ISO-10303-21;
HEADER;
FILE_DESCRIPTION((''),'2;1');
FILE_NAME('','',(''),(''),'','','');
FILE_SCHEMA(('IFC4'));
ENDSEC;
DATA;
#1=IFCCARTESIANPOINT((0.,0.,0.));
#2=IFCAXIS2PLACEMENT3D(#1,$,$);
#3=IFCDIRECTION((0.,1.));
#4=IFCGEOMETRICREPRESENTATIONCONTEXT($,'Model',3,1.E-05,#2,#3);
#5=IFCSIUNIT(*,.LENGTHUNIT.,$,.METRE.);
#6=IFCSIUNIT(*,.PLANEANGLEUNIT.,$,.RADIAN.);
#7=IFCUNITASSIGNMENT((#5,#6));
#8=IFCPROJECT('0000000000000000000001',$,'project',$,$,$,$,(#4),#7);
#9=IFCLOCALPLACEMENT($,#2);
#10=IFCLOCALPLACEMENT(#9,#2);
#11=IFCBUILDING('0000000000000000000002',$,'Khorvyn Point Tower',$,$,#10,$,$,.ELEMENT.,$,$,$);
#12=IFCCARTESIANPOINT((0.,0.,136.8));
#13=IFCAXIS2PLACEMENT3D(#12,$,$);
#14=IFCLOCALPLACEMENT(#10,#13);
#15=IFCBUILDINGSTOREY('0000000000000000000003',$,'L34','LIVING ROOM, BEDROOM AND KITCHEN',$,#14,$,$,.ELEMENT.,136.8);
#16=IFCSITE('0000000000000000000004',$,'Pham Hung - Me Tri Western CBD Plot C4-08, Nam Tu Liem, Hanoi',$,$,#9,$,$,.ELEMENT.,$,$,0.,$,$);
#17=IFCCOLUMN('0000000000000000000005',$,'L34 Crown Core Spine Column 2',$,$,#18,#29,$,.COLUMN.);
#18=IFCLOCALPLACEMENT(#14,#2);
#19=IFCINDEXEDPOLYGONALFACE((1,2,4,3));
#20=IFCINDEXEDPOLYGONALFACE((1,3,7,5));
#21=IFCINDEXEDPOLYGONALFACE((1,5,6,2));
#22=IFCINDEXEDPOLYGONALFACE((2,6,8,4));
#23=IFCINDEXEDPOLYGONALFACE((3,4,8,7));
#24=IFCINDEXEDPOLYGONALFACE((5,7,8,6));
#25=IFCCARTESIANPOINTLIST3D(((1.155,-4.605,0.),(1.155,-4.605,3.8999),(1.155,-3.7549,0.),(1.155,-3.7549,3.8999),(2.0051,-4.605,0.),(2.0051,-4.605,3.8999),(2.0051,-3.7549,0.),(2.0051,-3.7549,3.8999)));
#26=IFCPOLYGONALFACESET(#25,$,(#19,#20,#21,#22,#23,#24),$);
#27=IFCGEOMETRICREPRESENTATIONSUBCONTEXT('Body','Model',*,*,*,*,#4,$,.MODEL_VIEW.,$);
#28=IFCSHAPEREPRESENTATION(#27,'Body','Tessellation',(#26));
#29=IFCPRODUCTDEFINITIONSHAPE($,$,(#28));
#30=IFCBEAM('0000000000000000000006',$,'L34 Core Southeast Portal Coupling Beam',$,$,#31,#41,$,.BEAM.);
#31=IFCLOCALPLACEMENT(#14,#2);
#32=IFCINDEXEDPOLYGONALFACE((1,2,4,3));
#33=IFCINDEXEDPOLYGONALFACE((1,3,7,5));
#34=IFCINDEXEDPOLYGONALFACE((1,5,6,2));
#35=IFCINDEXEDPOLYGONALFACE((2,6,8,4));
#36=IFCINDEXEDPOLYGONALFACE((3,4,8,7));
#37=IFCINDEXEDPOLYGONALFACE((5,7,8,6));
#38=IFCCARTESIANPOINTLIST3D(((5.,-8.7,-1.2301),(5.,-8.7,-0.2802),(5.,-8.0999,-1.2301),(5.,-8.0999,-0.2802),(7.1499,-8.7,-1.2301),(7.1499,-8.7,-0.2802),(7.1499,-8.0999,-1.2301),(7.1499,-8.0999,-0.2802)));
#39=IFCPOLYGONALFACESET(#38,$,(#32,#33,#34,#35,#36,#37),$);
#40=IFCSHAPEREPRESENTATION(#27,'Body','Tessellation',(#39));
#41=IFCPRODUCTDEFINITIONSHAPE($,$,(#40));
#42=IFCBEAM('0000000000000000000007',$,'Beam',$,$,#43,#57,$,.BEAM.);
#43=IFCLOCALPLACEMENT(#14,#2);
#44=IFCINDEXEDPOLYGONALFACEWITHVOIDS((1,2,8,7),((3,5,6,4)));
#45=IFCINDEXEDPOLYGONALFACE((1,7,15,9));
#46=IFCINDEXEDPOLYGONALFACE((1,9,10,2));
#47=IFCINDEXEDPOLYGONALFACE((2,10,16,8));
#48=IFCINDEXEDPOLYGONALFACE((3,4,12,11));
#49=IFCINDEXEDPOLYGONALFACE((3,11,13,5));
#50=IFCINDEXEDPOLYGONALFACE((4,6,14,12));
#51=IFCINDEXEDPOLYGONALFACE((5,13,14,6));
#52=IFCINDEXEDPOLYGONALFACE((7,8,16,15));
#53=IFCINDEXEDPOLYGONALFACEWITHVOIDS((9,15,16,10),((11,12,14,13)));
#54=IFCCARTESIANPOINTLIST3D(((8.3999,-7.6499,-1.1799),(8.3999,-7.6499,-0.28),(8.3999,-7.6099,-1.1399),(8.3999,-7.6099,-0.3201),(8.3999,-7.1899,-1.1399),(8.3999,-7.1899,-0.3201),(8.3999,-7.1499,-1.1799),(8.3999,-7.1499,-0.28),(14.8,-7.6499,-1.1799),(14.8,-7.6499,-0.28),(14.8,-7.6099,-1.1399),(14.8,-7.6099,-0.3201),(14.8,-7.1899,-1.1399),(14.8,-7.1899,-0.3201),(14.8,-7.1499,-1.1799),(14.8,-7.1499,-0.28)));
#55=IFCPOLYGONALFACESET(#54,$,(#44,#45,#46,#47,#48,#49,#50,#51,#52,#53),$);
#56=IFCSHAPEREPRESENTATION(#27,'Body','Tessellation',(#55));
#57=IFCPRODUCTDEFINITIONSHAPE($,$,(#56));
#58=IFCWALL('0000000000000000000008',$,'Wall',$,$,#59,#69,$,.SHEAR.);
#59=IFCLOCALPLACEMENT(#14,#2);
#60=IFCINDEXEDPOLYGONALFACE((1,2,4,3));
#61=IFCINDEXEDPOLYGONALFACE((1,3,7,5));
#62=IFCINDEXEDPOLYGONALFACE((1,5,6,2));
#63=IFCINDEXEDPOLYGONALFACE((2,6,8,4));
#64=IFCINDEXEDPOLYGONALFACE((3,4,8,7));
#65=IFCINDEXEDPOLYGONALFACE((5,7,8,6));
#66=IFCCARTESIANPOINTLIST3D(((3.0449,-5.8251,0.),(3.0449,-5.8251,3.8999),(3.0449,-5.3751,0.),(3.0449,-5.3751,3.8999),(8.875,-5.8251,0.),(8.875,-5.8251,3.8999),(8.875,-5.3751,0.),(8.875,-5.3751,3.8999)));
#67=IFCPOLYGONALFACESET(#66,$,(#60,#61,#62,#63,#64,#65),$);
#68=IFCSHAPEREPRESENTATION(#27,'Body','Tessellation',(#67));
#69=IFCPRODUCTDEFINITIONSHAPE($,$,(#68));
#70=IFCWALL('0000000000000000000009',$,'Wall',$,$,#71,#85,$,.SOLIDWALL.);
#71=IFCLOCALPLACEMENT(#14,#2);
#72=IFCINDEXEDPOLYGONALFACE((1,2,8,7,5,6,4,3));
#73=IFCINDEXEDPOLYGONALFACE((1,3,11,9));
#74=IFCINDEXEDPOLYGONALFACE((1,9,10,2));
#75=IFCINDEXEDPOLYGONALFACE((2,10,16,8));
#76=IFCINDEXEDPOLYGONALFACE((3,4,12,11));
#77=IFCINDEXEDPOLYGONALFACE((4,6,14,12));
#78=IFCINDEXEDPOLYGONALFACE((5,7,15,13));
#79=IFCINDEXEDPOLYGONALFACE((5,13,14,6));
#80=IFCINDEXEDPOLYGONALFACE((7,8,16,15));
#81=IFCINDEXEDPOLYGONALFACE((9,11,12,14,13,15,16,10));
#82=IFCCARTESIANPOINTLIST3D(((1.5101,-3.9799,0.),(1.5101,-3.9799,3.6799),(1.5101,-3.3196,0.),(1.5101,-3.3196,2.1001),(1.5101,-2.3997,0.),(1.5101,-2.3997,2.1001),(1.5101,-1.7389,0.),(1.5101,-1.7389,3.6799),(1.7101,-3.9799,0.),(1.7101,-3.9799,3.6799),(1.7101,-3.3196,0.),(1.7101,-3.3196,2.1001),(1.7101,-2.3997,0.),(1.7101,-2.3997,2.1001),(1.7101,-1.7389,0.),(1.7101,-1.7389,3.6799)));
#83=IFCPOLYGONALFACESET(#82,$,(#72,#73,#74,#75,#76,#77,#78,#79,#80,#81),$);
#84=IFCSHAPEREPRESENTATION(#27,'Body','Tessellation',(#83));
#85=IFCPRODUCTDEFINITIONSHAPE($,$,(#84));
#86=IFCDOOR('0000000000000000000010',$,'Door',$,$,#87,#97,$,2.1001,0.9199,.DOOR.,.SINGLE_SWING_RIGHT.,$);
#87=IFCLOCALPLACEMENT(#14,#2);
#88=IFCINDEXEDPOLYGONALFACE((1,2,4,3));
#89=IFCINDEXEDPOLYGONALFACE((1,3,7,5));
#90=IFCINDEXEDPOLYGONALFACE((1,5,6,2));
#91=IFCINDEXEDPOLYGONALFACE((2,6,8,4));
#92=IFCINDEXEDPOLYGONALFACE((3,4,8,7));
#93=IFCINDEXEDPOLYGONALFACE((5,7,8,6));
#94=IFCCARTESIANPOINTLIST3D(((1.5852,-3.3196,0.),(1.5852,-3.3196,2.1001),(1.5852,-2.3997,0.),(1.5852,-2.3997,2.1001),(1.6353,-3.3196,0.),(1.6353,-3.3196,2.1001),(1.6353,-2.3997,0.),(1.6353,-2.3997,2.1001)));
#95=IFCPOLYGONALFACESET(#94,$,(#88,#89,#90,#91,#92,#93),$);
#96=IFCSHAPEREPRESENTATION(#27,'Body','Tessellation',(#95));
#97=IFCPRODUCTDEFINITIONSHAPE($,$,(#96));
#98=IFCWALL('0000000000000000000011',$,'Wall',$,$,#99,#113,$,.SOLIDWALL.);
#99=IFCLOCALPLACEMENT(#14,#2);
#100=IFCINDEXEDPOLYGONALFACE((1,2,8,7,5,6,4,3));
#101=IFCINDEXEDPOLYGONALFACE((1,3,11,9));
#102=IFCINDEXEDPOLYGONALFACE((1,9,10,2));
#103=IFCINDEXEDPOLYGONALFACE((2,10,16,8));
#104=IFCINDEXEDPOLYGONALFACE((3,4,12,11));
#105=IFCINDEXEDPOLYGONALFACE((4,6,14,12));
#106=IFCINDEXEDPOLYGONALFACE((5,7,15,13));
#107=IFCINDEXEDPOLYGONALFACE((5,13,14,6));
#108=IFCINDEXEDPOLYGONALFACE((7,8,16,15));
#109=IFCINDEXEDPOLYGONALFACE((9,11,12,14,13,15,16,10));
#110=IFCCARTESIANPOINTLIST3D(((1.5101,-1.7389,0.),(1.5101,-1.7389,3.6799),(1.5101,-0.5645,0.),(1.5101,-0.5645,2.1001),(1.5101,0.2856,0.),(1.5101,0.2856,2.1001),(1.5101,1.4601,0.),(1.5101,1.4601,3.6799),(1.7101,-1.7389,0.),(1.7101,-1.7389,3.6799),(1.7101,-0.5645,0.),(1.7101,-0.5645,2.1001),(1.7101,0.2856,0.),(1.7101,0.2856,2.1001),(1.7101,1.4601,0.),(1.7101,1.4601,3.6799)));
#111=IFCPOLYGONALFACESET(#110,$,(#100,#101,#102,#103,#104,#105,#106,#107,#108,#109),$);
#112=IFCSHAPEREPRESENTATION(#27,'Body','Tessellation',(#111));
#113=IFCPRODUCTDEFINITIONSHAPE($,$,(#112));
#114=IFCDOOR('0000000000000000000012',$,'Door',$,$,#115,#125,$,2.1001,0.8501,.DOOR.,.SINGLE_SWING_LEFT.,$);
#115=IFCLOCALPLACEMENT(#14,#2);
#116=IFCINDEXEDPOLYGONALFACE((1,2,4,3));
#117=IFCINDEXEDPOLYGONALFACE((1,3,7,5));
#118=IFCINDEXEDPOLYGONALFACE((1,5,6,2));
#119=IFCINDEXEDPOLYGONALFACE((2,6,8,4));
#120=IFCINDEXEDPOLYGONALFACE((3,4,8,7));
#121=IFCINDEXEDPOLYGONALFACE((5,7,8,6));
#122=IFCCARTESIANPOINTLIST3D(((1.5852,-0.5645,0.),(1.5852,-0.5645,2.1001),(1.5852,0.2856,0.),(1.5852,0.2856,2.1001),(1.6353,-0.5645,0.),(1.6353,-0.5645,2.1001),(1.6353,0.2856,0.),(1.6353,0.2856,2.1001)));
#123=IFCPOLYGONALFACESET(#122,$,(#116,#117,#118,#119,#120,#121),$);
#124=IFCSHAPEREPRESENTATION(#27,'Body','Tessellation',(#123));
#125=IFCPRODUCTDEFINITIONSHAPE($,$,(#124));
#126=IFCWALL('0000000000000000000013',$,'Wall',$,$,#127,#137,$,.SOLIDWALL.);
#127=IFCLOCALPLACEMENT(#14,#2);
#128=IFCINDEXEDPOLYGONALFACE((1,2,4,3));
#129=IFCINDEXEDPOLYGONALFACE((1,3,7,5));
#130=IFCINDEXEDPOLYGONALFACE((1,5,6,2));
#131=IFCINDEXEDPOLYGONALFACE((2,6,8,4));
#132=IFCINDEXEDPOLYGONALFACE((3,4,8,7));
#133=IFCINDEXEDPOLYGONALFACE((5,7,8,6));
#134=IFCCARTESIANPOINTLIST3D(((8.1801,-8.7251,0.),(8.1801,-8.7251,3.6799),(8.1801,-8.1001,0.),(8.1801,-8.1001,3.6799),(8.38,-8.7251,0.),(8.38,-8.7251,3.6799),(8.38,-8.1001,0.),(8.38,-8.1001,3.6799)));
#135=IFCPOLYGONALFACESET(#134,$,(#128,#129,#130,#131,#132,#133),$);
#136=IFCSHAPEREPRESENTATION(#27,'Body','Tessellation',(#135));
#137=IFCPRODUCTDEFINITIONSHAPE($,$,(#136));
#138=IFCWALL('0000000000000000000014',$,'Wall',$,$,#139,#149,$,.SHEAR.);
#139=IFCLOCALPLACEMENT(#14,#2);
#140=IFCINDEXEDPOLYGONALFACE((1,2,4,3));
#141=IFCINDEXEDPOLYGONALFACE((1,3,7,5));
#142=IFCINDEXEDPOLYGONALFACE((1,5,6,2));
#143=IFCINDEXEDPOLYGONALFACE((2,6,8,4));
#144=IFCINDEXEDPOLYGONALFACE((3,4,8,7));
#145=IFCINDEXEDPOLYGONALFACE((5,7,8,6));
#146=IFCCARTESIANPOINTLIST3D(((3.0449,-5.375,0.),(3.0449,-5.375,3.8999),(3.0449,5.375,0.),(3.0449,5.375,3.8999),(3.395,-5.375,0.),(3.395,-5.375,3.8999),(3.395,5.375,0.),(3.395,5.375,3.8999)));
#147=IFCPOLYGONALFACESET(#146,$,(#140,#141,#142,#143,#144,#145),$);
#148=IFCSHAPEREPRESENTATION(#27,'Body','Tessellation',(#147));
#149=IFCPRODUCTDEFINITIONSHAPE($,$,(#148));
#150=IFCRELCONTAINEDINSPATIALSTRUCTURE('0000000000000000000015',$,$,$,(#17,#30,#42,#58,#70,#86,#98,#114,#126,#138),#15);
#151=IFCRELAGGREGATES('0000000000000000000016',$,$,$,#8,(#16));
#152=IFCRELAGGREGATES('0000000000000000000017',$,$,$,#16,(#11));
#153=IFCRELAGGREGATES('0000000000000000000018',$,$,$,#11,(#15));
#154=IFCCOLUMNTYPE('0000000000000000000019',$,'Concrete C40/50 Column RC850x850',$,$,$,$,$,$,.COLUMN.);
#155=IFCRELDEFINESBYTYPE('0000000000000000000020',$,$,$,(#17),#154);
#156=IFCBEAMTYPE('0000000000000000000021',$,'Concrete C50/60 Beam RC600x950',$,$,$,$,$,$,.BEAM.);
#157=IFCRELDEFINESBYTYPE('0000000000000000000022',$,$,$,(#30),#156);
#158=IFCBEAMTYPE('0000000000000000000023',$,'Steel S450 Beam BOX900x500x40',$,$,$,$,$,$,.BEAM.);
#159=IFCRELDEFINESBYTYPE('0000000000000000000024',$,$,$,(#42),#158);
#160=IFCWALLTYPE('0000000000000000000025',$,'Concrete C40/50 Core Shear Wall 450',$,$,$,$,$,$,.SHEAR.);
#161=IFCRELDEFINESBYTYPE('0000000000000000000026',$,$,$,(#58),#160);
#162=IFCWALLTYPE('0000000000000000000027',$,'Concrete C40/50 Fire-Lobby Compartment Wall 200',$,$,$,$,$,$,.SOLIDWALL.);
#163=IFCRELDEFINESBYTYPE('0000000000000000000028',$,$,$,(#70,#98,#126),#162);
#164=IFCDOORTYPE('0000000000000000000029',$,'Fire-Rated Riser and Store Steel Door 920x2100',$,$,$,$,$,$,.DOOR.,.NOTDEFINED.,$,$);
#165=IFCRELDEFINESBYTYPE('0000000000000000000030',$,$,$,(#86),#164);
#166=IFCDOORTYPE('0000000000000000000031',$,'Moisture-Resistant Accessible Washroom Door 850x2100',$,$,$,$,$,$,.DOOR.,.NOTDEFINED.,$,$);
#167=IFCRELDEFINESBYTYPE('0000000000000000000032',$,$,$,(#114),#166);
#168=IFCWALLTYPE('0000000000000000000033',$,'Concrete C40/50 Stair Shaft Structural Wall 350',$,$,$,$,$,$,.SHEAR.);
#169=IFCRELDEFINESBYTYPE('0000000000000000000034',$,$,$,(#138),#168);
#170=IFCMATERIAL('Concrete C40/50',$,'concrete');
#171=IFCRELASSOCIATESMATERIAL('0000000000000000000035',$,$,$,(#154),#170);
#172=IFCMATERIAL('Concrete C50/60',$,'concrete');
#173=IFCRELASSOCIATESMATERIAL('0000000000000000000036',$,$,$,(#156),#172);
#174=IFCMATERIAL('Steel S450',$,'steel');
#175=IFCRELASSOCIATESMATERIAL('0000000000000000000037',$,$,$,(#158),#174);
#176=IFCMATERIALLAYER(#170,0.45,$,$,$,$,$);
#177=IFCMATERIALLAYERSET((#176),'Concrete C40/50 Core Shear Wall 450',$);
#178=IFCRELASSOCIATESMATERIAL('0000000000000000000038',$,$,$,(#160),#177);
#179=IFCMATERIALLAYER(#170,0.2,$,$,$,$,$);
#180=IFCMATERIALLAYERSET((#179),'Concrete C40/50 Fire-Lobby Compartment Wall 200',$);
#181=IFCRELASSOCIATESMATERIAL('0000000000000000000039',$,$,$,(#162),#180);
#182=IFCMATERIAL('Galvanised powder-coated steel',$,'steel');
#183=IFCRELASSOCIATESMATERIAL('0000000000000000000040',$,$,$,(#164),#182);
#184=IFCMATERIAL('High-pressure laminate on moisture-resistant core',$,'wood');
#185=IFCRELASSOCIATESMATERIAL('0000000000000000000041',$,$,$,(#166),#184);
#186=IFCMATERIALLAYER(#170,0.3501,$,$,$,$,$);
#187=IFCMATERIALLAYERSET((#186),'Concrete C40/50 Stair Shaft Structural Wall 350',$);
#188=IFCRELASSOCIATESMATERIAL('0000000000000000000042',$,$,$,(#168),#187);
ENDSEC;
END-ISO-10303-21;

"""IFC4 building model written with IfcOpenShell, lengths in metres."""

from ifc_helpers import new_model, si_unit, direction, frame, frame_2d, origin, origin_2d, place, context, subcontext, project, spatial, rectangle, hollow_rectangle, extrude, material, layer, layer_set, material_profile, profile_set, type_object, element, fill, save


model = new_model("IFC4")

# Units and contexts
model_context = context("Model", 3, precision=1e-05, world=origin(), true_north=direction((0.0, 1.0)))
body_context = subcontext(model_context, "Body", "Model", "MODEL_VIEW")
ifc_project = project(units=[si_unit("LENGTHUNIT", "METRE"), si_unit("PLANEANGLEUNIT", "RADIAN")], contexts=[model_context])

# Site, building, storey
site_placement = place(None, origin())
site = spatial("IfcSite", under=ifc_project, at=site_placement, Name="Pham Hung - Me Tri Western CBD Plot C4-08, Nam Tu Liem, Hanoi", CompositionType="ELEMENT", RefElevation=0.0)
building_placement = place(site_placement, origin())
building = spatial("IfcBuilding", under=site, at=building_placement, Name="Khorvyn Point Tower", CompositionType="ELEMENT")
storey_placement = place(building_placement, frame((0.0, 0.0, 136.8)))
storey = spatial("IfcBuildingStorey", under=building, at=storey_placement, Name="L34", Description="LIVING ROOM, BEDROOM AND KITCHEN", CompositionType="ELEMENT", Elevation=136.8)

# Column
ifc_material_1 = material(Name="Concrete C40/50", Category="concrete")
ifc_material_profile_1 = material_profile(ifc_material_1, rectangle(XDim=0.8501, YDim=0.8501, at=origin_2d()))
ifc_profile_set_1 = profile_set([ifc_material_profile_1], Name="Concrete C40/50 RC850x850")
column_type = type_object("IfcColumnType", Name="Concrete C40/50 Column RC850x850", PredefinedType="COLUMN", material=ifc_profile_set_1)
column_placement = place(storey_placement, frame((1.5801, -4.1799, 0.0), z_axis=(0.0, 0.0, 1.0), x_axis=(1.0, 0.0, 0.0)))
element("IfcColumn", 1, at=column_placement, inside=storey, type_object=column_type, Name="L34 Crown Core Spine Column 2", PredefinedType="COLUMN", context=body_context, shape_type="SweptSolid", body=[
    extrude(rectangle(XDim=0.8501, YDim=0.8501, at=origin_2d()), origin(), (0.0, 0.0, 1.0), 3.8999),
])

# Beams
ifc_material_2 = material(Name="Concrete C50/60", Category="concrete")
ifc_material_profile_2 = material_profile(ifc_material_2, rectangle(XDim=0.6001, YDim=0.95, at=origin_2d()))
ifc_profile_set_2 = profile_set([ifc_material_profile_2], Name="Concrete C50/60 RC600x950")
beam_type_1 = type_object("IfcBeamType", Name="Concrete C50/60 Beam RC600x950", PredefinedType="BEAM", material=ifc_profile_set_2)
beam_1_placement = place(storey_placement, frame((5.0, -8.3999, -0.7551), z_axis=(1.0, 0.0, 0.0), x_axis=(0.0, 1.0, 0.0)))
element("IfcBeam", 2, at=beam_1_placement, inside=storey, type_object=beam_type_1, Name="L34 Core Southeast Portal Coupling Beam", PredefinedType="BEAM", context=body_context, shape_type="SweptSolid", body=[
    extrude(rectangle(XDim=0.6001, YDim=0.95, at=origin_2d()), origin(), (0.0, 0.0, 1.0), 2.1499),
])
ifc_material_3 = material(Name="Steel S450", Category="steel")
ifc_material_profile_3 = material_profile(ifc_material_3, hollow_rectangle(XDim=0.5, YDim=0.8999, WallThickness=0.04, at=origin_2d()))
ifc_profile_set_3 = profile_set([ifc_material_profile_3], Name="Steel S450 BOX900x500x40")
beam_type_2 = type_object("IfcBeamType", Name="Steel S450 Beam BOX900x500x40", PredefinedType="BEAM", material=ifc_profile_set_3)
beam_2_placement = place(storey_placement, frame((8.3999, -7.3999, -0.73), z_axis=(1.0, 0.0, 0.0), x_axis=(0.0, 1.0, 0.0)))
element("IfcBeam", 3, at=beam_2_placement, inside=storey, type_object=beam_type_2, Name="Beam", PredefinedType="BEAM", context=body_context, shape_type="SweptSolid", body=[
    extrude(hollow_rectangle(XDim=0.5, YDim=0.8999, WallThickness=0.04, at=origin_2d()), origin(), (0.0, 0.0, 1.0), 6.4001),
])

# Wall
ifc_layer_1 = layer(ifc_material_1, 0.45)
ifc_layer_set_1 = layer_set([ifc_layer_1], Name="Concrete C40/50 Core Shear Wall 450")
wall_type_1 = type_object("IfcWallType", Name="Concrete C40/50 Core Shear Wall 450", PredefinedType="SHEAR", material=ifc_layer_set_1)
wall_1_placement = place(storey_placement, frame((3.0449, -5.6001, 0.0), z_axis=(0.0, 0.0, 1.0), x_axis=(1.0, 0.0, 0.0)))
element("IfcWall", 4, at=wall_1_placement, inside=storey, type_object=wall_type_1, Name="Wall", PredefinedType="SHEAR", context=body_context, shape_type="SweptSolid", body=[
    extrude(rectangle(XDim=5.8301, YDim=0.45, at=frame_2d((2.915, 0.0))), origin(), (0.0, 0.0, 1.0), 3.8999),
])

# Walls, openings, doors
ifc_layer_2 = layer(ifc_material_1, 0.2)
ifc_layer_set_2 = layer_set([ifc_layer_2], Name="Concrete C40/50 Fire-Lobby Compartment Wall 200")
wall_type_2 = type_object("IfcWallType", Name="Concrete C40/50 Fire-Lobby Compartment Wall 200", PredefinedType="SOLIDWALL", material=ifc_layer_set_2)
ifc_material_4 = material(Name="Galvanised powder-coated steel", Category="steel")
wall_2_placement = place(storey_placement, frame((1.6101, -3.98, 0.0), z_axis=(0.0, 0.0, 1.0), x_axis=(0.0, 1.0, 0.0)))
wall_2 = element("IfcWall", 5, at=wall_2_placement, inside=storey, type_object=wall_type_2, Name="Wall", PredefinedType="SOLIDWALL", context=body_context, shape_type="SweptSolid", body=[
    extrude(rectangle(XDim=2.241, YDim=0.2, at=frame_2d((1.1206, 0.0))), origin(), (0.0, 0.0, 1.0), 3.6799),
])
opening_1_placement = place(wall_2_placement, frame((0.6604, 0.0, 0.0)))
opening_1 = element("IfcOpeningElement", 6, at=opening_1_placement, cuts=wall_2, PredefinedType="OPENING", context=body_context, shape_type="SweptSolid", body=[
    extrude(rectangle(XDim=0.9199, YDim=2.1001, at=frame_2d((0.46, 1.05))), frame((0.0, 0.1099, 0.0), z_axis=(0.0, -1.0, 0.0), x_axis=(1.0, 0.0, 0.0)), (0.0, 0.0, 1.0), 0.22),
])
door_type_1 = type_object("IfcDoorType", Name="Fire-Rated Riser and Store Steel Door 920x2100", OperationType="NOTDEFINED", PredefinedType="DOOR", material=ifc_material_4)
door_1_placement = place(opening_1_placement, origin())
door_1 = element("IfcDoor", 7, at=door_1_placement, inside=storey, type_object=door_type_1, Name="Door", OperationType="SINGLE_SWING_RIGHT", OverallHeight=2.1001, OverallWidth=0.9199, PredefinedType="DOOR", context=body_context, shape_type="SweptSolid", body=[
    extrude(rectangle(XDim=0.9199, YDim=2.1001, at=frame_2d((0.46, 1.05))), frame((0.0, 0.0249, 0.0), z_axis=(0.0, -1.0, 0.0), x_axis=(1.0, 0.0, 0.0)), (0.0, 0.0, 1.0), 0.05),
])
fill(opening_1, door_1)
wall_3_placement = place(storey_placement, frame((1.6101, -1.739, 0.0), z_axis=(0.0, 0.0, 1.0), x_axis=(0.0, 1.0, 0.0)))
wall_3 = element("IfcWall", 8, at=wall_3_placement, inside=storey, type_object=wall_type_2, Name="Wall", PredefinedType="SOLIDWALL", context=body_context, shape_type="SweptSolid", body=[
    extrude(rectangle(XDim=3.199, YDim=0.2, at=frame_2d((1.5996, 0.0))), origin(), (0.0, 0.0, 1.0), 3.6799),
])
opening_2_placement = place(wall_3_placement, frame((1.1746, 0.0, 0.0)))
opening_2 = element("IfcOpeningElement", 9, at=opening_2_placement, cuts=wall_3, PredefinedType="OPENING", context=body_context, shape_type="SweptSolid", body=[
    extrude(rectangle(XDim=0.8501, YDim=2.1001, at=frame_2d((0.425, 1.05))), frame((0.0, 0.1099, 0.0), z_axis=(0.0, -1.0, 0.0), x_axis=(1.0, 0.0, 0.0)), (0.0, 0.0, 1.0), 0.22),
])
ifc_material_5 = material(Name="High-pressure laminate on moisture-resistant core", Category="wood")
door_type_2 = type_object("IfcDoorType", Name="Moisture-Resistant Accessible Washroom Door 850x2100", OperationType="NOTDEFINED", PredefinedType="DOOR", material=ifc_material_5)
door_2_placement = place(opening_2_placement, origin())
door_2 = element("IfcDoor", 10, at=door_2_placement, inside=storey, type_object=door_type_2, Name="Door", OperationType="SINGLE_SWING_LEFT", OverallHeight=2.1001, OverallWidth=0.8501, PredefinedType="DOOR", context=body_context, shape_type="SweptSolid", body=[
    extrude(rectangle(XDim=0.8501, YDim=2.1001, at=frame_2d((0.425, 1.05))), frame((0.0, 0.0249, 0.0), z_axis=(0.0, -1.0, 0.0), x_axis=(1.0, 0.0, 0.0)), (0.0, 0.0, 1.0), 0.05),
])
fill(opening_2, door_2)

# Walls
wall_4_placement = place(storey_placement, frame((8.28, -8.7251, 0.0), z_axis=(0.0, 0.0, 1.0), x_axis=(0.0, 1.0, 0.0)))
element("IfcWall", 11, at=wall_4_placement, inside=storey, type_object=wall_type_2, Name="Wall", PredefinedType="SOLIDWALL", context=body_context, shape_type="SweptSolid", body=[
    extrude(rectangle(XDim=0.625, YDim=0.2, at=frame_2d((0.3125, 0.0))), origin(), (0.0, 0.0, 1.0), 3.6799),
])
ifc_layer_3 = layer(ifc_material_1, 0.3501)
ifc_layer_set_3 = layer_set([ifc_layer_3], Name="Concrete C40/50 Stair Shaft Structural Wall 350")
wall_type_3 = type_object("IfcWallType", Name="Concrete C40/50 Stair Shaft Structural Wall 350", PredefinedType="SHEAR", material=ifc_layer_set_3)
wall_5_placement = place(storey_placement, frame((3.22, -5.375, 0.0), z_axis=(0.0, 0.0, 1.0), x_axis=(0.0, 1.0, 0.0)))
element("IfcWall", 12, at=wall_5_placement, inside=storey, type_object=wall_type_3, Name="Wall", PredefinedType="SHEAR", context=body_context, shape_type="SweptSolid", body=[
    extrude(rectangle(XDim=10.75, YDim=0.3501, at=frame_2d((5.375, 0.0))), origin(), (0.0, 0.0, 1.0), 3.8999),
])

save(model, "model.ifc")
